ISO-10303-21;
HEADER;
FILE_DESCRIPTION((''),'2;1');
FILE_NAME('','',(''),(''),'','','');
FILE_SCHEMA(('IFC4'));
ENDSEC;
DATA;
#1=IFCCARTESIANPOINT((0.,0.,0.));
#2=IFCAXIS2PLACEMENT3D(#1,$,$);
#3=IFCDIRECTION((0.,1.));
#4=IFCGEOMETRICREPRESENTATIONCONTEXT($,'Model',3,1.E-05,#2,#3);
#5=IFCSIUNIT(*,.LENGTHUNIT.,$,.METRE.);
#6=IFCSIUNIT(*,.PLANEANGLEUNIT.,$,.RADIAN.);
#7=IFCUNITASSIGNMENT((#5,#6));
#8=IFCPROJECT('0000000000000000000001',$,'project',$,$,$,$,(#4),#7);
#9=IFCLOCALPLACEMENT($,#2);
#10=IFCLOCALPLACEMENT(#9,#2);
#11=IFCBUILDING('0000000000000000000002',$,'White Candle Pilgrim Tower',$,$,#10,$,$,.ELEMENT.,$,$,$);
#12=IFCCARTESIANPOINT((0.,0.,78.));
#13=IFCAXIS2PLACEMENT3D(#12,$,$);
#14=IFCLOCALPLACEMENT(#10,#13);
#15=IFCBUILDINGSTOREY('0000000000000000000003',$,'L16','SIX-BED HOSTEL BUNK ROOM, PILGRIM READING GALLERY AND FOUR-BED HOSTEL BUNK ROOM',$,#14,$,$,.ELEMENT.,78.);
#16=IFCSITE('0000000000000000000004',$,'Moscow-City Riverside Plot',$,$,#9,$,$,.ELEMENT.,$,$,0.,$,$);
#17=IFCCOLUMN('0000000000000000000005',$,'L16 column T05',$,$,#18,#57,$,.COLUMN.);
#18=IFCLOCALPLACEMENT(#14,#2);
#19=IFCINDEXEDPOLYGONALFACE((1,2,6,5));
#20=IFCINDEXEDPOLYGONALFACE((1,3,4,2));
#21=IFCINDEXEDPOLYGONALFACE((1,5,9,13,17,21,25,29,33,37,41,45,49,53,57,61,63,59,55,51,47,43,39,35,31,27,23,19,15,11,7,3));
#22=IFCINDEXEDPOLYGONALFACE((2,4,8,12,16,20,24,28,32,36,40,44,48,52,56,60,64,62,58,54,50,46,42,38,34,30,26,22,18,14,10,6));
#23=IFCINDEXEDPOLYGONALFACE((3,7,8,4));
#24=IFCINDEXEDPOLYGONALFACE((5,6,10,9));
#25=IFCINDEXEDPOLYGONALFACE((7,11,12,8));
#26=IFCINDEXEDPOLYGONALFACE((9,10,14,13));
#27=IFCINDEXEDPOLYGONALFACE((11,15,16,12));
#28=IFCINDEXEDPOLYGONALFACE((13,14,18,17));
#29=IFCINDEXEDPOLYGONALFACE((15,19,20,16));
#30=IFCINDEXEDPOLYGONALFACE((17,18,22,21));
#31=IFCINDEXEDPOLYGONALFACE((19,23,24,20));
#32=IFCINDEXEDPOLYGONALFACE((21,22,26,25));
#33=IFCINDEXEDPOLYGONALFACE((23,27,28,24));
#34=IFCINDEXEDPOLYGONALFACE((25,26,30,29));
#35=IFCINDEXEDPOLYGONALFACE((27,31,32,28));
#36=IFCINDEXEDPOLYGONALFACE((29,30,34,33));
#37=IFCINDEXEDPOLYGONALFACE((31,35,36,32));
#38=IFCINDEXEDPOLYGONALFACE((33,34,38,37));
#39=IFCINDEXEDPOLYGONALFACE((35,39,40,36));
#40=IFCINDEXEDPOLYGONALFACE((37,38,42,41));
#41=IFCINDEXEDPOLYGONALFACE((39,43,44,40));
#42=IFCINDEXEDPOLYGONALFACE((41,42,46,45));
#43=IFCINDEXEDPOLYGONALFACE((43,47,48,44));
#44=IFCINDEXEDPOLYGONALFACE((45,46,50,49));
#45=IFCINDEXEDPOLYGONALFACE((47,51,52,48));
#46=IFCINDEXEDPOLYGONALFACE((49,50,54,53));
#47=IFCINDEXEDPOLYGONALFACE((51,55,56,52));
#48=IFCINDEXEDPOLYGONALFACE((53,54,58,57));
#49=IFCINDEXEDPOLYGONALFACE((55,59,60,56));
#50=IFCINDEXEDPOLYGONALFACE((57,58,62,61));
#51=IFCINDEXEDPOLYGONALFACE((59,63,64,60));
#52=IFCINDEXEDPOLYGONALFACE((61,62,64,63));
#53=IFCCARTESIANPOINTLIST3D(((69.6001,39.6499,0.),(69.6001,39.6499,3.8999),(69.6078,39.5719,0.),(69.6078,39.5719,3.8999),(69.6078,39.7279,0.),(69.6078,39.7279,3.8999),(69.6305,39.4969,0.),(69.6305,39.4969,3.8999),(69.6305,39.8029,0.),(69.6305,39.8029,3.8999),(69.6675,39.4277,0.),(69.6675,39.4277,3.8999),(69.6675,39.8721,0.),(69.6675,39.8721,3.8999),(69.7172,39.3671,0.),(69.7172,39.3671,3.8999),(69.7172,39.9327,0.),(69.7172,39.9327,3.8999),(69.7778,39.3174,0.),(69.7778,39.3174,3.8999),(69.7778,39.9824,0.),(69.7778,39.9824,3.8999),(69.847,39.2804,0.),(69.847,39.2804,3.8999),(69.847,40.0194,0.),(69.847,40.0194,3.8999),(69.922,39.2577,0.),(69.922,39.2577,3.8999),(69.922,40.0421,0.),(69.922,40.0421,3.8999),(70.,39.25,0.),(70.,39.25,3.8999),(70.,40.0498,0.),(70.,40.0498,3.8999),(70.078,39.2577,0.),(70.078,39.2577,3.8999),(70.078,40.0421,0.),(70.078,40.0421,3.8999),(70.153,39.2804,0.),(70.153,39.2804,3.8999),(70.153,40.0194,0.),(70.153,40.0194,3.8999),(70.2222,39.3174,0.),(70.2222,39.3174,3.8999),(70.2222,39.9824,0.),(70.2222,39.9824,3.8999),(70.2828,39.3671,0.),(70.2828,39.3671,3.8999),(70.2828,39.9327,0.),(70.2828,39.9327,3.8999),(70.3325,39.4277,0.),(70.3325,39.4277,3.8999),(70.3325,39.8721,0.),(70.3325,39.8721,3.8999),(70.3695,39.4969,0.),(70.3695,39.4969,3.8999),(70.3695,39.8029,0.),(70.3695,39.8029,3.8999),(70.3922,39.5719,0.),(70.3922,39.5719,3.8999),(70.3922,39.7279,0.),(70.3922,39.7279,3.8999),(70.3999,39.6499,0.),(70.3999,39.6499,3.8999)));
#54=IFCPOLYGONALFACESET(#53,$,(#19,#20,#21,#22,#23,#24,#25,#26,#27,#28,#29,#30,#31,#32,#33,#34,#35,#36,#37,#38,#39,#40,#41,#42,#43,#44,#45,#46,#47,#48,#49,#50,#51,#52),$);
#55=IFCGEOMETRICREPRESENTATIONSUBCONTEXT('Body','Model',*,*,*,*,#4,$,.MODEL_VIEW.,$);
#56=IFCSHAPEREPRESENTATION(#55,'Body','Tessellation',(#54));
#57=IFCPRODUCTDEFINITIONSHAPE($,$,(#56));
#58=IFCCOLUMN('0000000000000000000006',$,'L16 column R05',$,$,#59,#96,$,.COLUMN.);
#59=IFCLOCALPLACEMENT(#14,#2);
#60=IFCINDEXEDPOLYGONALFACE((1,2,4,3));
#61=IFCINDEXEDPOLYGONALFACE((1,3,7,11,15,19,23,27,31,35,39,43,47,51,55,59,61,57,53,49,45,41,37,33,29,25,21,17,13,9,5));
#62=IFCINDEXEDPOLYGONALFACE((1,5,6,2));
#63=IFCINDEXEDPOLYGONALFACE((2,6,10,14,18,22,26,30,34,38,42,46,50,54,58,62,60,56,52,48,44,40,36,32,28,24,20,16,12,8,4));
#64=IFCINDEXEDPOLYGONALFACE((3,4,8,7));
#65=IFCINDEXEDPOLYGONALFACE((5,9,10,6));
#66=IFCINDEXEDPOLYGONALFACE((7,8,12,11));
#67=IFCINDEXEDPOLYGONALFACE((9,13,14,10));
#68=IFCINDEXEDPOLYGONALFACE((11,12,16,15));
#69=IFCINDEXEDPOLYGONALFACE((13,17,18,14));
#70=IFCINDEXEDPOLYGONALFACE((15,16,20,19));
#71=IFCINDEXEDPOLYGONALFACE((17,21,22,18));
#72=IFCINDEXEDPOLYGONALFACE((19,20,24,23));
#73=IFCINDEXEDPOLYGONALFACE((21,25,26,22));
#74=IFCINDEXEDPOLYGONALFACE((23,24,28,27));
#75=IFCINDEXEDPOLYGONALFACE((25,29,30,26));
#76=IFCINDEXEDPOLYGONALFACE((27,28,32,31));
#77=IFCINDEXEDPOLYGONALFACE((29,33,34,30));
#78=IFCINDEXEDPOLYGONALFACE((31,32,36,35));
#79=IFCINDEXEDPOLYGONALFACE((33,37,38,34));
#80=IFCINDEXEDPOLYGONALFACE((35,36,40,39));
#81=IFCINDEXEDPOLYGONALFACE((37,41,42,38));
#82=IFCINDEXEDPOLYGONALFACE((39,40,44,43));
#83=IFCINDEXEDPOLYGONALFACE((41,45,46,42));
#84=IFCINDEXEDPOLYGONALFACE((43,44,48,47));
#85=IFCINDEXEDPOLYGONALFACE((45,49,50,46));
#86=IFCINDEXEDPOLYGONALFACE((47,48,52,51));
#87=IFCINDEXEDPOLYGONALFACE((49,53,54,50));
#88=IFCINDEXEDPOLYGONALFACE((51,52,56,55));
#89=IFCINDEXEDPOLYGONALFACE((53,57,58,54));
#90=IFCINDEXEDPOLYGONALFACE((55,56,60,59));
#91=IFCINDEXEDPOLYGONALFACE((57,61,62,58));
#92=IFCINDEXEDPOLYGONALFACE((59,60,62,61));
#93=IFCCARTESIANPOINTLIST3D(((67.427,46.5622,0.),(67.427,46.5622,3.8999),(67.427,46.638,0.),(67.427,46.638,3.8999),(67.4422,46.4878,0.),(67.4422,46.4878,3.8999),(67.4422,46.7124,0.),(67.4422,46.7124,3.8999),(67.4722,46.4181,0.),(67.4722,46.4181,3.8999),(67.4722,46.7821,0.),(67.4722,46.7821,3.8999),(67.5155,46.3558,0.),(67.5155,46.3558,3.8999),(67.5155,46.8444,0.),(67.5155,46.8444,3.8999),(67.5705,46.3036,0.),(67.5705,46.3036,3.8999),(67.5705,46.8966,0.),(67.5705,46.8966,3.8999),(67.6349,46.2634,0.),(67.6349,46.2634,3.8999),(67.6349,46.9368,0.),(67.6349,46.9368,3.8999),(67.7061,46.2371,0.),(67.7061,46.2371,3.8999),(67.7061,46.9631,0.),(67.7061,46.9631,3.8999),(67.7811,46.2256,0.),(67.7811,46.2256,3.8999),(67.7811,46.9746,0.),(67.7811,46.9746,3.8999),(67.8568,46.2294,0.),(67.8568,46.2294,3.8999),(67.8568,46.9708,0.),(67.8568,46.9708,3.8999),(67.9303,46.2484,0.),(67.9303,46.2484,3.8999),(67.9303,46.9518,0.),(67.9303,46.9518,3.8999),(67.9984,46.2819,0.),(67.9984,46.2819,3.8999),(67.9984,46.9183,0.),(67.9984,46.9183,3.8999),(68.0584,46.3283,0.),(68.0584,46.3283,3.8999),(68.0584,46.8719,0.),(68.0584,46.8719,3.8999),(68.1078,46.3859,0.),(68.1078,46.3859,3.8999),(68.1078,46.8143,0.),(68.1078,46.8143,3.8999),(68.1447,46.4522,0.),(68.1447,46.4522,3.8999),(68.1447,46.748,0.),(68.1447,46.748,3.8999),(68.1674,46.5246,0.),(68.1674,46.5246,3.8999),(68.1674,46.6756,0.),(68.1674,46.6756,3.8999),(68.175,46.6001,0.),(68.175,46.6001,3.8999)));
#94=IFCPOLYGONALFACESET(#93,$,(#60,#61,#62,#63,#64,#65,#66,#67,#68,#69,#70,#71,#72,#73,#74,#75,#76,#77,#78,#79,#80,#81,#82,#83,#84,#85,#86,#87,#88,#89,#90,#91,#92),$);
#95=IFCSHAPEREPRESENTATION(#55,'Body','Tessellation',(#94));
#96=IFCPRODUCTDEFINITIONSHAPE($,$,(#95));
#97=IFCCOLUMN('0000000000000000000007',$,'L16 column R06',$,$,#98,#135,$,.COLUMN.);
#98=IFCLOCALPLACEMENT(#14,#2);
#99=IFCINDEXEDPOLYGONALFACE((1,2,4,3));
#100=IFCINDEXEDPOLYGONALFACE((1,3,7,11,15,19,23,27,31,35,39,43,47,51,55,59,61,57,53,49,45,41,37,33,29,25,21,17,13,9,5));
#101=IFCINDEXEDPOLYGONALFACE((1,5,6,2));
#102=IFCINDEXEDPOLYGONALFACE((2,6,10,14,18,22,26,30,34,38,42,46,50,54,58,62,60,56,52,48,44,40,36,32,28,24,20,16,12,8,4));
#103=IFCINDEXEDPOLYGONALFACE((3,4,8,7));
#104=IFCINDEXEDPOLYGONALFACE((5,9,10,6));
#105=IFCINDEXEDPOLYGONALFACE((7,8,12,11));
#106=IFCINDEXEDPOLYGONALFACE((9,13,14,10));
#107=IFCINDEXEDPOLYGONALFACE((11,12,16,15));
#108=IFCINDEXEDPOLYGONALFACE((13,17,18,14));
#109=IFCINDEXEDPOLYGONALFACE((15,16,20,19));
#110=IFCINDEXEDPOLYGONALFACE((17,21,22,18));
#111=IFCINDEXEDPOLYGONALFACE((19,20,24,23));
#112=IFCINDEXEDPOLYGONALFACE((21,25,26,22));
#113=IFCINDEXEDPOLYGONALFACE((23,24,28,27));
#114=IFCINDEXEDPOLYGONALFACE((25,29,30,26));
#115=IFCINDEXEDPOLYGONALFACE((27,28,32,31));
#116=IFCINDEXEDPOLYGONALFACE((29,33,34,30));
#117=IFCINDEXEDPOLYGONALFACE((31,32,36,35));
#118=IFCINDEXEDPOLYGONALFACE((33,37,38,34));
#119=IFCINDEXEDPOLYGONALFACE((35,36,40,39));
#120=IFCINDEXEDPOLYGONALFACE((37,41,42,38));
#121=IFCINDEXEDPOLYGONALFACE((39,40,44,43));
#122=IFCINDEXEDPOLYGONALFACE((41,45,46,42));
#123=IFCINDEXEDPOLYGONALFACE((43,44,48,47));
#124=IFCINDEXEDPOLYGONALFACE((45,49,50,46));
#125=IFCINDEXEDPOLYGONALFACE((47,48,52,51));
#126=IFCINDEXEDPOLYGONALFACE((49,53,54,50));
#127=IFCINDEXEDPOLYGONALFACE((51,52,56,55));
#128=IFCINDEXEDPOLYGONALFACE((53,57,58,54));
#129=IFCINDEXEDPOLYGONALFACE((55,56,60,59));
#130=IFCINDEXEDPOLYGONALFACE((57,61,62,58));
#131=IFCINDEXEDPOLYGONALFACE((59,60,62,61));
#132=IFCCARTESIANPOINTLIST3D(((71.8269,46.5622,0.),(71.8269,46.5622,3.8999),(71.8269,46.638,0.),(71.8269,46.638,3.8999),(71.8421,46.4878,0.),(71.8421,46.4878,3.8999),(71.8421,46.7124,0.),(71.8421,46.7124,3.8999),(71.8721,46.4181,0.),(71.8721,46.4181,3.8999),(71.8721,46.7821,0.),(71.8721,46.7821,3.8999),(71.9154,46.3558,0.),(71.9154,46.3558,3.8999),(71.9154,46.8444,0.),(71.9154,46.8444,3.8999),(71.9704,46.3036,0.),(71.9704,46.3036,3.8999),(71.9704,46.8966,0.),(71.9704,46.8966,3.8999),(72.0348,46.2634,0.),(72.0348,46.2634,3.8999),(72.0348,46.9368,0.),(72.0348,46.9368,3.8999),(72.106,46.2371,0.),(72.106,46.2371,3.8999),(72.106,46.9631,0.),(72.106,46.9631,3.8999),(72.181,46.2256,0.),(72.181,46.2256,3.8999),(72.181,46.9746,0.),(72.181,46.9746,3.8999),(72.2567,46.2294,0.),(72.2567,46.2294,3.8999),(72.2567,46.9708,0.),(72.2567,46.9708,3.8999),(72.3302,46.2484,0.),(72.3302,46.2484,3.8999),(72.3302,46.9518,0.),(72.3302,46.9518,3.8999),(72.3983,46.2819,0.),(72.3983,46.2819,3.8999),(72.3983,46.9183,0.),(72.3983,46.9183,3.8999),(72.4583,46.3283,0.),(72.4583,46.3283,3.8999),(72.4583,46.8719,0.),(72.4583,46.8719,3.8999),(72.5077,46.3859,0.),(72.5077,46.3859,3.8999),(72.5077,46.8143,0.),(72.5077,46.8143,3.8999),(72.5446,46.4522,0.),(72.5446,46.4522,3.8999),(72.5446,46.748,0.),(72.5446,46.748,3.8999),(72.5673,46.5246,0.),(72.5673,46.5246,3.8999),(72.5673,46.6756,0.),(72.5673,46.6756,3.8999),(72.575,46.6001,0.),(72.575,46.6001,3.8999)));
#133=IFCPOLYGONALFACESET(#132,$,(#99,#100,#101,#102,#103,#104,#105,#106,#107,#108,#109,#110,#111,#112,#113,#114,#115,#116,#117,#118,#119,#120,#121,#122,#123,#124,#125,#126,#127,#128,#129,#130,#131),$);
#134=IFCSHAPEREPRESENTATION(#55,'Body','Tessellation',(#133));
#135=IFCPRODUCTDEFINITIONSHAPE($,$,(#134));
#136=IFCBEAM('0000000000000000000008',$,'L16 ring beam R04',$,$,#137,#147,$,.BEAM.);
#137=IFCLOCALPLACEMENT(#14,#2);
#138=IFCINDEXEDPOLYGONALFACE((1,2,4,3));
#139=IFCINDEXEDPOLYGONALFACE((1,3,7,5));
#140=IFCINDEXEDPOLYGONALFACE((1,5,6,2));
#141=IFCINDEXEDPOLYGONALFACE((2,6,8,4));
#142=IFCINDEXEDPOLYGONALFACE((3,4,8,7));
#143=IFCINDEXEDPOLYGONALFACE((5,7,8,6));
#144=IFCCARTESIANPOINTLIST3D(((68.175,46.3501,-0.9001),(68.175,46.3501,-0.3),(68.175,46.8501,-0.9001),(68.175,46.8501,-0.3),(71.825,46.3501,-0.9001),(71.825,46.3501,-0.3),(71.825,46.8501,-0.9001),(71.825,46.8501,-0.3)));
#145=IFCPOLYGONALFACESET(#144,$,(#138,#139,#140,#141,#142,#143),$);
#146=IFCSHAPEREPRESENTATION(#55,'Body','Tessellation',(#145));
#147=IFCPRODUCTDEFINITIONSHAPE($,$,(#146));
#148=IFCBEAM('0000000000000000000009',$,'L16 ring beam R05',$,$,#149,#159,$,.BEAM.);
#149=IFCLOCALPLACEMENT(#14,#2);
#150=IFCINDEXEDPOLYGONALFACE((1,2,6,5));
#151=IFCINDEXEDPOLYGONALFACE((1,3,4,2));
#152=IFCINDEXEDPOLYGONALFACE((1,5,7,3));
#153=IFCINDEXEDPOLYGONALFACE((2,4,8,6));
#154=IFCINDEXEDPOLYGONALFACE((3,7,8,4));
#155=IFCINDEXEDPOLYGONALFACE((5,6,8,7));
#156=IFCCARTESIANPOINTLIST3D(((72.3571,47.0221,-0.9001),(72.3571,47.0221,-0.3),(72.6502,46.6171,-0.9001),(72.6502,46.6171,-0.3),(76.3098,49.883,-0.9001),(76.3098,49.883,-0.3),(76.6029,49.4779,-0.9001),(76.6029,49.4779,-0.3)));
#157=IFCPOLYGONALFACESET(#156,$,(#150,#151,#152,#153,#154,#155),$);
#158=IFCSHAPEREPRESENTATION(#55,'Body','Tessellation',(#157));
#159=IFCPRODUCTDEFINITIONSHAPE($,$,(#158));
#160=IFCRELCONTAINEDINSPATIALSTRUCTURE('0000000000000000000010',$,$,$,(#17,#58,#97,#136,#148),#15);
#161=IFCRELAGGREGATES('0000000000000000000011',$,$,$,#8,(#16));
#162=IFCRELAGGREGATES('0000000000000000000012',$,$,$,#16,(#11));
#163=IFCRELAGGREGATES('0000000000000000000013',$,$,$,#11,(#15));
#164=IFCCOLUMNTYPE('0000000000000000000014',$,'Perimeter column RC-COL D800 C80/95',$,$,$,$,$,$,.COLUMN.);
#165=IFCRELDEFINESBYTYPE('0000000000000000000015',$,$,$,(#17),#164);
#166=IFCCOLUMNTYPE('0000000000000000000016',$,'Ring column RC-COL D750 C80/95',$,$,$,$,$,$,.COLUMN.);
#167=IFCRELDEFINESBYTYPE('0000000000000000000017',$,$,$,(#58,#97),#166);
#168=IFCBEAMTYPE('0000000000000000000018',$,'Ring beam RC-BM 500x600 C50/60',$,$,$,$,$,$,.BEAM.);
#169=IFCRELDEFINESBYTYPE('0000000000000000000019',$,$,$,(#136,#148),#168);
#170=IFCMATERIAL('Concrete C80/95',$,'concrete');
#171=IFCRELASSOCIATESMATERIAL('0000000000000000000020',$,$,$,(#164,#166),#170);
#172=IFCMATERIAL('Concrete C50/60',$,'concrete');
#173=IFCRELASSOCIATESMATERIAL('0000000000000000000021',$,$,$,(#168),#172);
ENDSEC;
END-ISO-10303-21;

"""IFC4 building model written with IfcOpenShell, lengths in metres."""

from ifc_helpers import new_model, si_unit, direction, frame, origin, origin_2d, place, context, subcontext, project, spatial, rectangle, circle, extrude, material, material_profile, profile_set, type_object, element, save


model = new_model("IFC4")

# Units and contexts
model_context = context("Model", 3, precision=1e-05, world=origin(), true_north=direction((0.0, 1.0)))
body_context = subcontext(model_context, "Body", "Model", "MODEL_VIEW")
ifc_project = project(units=[si_unit("LENGTHUNIT", "METRE"), si_unit("PLANEANGLEUNIT", "RADIAN")], contexts=[model_context])

# Site, building, storey
site_placement = place(None, origin())
site = spatial("IfcSite", under=ifc_project, at=site_placement, Name="Moscow-City Riverside Plot", CompositionType="ELEMENT", RefElevation=0.0)
building_placement = place(site_placement, origin())
building = spatial("IfcBuilding", under=site, at=building_placement, Name="White Candle Pilgrim Tower", CompositionType="ELEMENT")
storey_placement = place(building_placement, frame((0.0, 0.0, 78.0)))
storey = spatial("IfcBuildingStorey", under=building, at=storey_placement, Name="L16", Description="SIX-BED HOSTEL BUNK ROOM, PILGRIM READING GALLERY AND FOUR-BED HOSTEL BUNK ROOM", CompositionType="ELEMENT", Elevation=78.0)

# Columns
ifc_material_1 = material(Name="Concrete C80/95", Category="concrete")
ifc_material_profile_1 = material_profile(ifc_material_1, circle(Radius=0.3999, at=origin_2d()), Name="RC-COL D800")
ifc_profile_set_1 = profile_set([ifc_material_profile_1], Name="Concrete C80/95")
column_type_1 = type_object("IfcColumnType", Name="Perimeter column RC-COL D800 C80/95", PredefinedType="COLUMN", material=ifc_profile_set_1)
column_placement = place(storey_placement, frame((70.0, 39.6499, 0.0), z_axis=(0.0, 0.0, 1.0), x_axis=(1.0, 0.0, 0.0)))
element("IfcColumn", 1, at=column_placement, inside=storey, type_object=column_type_1, Name="L16 column T05", PredefinedType="COLUMN", context=body_context, shape_type="SweptSolid", body=[
    extrude(circle(Radius=0.3999, at=origin_2d()), origin(), (0.0, 0.0, 1.0), 3.8999),
])
ifc_material_profile_2 = material_profile(ifc_material_1, circle(Radius=0.375, at=origin_2d()), Name="RC-COL D750")
ifc_profile_set_2 = profile_set([ifc_material_profile_2], Name="Concrete C80/95")
column_type_2 = type_object("IfcColumnType", Name="Ring column RC-COL D750 C80/95", PredefinedType="COLUMN", material=ifc_profile_set_2)
for number, where, z_axis, x_axis, name in (
    (2, (67.8, 46.6001, 0.0), (0.0, 0.0, 1.0), (1.0, 0.0, 0.0), "L16 column R05"),
    (3, (72.2, 46.6001, 0.0), (0.0, 0.0, 1.0), (1.0, 0.0, 0.0), "L16 column R06"),
):
    element("IfcColumn", number, at=place(storey_placement, frame(where, z_axis=z_axis, x_axis=x_axis)), inside=storey, type_object=column_type_2, Name=name, PredefinedType="COLUMN", context=body_context, shape_type="SweptSolid", body=[
        extrude(circle(Radius=0.375, at=origin_2d()), origin(), (0.0, 0.0, 1.0), 3.8999),
    ])

# Beams
ifc_material_2 = material(Name="Concrete C50/60", Category="concrete")
ifc_material_profile_3 = material_profile(ifc_material_2, rectangle(XDim=0.5, YDim=0.6001, at=origin_2d()), Name="RC-BM 500x600")
ifc_profile_set_3 = profile_set([ifc_material_profile_3], Name="Concrete C50/60")
beam_type = type_object("IfcBeamType", Name="Ring beam RC-BM 500x600 C50/60", PredefinedType="BEAM", material=ifc_profile_set_3)
beam_1_placement = place(storey_placement, frame((68.175, 46.6001, -0.6001), z_axis=(1.0, 0.0, 0.0), x_axis=(0.0, 1.0, 0.0)))
element("IfcBeam", 4, at=beam_1_placement, inside=storey, type_object=beam_type, Name="L16 ring beam R04", PredefinedType="BEAM", context=body_context, shape_type="SweptSolid", body=[
    extrude(rectangle(XDim=0.5, YDim=0.6001, at=origin_2d()), origin(), (0.0, 0.0, 1.0), 3.6499),
])
beam_2_placement = place(storey_placement, frame((72.5037, 46.8196, -0.6001), z_axis=(0.81008, 0.58632, 0.0), x_axis=(-0.58632, 0.81008, 0.0)))
element("IfcBeam", 5, at=beam_2_placement, inside=storey, type_object=beam_type, Name="L16 ring beam R05", PredefinedType="BEAM", context=body_context, shape_type="SweptSolid", body=[
    extrude(rectangle(XDim=0.5, YDim=0.6001, at=origin_2d()), origin(), (0.0, 0.0, 1.0), 4.8794),
])

save(model, "model.ifc")
